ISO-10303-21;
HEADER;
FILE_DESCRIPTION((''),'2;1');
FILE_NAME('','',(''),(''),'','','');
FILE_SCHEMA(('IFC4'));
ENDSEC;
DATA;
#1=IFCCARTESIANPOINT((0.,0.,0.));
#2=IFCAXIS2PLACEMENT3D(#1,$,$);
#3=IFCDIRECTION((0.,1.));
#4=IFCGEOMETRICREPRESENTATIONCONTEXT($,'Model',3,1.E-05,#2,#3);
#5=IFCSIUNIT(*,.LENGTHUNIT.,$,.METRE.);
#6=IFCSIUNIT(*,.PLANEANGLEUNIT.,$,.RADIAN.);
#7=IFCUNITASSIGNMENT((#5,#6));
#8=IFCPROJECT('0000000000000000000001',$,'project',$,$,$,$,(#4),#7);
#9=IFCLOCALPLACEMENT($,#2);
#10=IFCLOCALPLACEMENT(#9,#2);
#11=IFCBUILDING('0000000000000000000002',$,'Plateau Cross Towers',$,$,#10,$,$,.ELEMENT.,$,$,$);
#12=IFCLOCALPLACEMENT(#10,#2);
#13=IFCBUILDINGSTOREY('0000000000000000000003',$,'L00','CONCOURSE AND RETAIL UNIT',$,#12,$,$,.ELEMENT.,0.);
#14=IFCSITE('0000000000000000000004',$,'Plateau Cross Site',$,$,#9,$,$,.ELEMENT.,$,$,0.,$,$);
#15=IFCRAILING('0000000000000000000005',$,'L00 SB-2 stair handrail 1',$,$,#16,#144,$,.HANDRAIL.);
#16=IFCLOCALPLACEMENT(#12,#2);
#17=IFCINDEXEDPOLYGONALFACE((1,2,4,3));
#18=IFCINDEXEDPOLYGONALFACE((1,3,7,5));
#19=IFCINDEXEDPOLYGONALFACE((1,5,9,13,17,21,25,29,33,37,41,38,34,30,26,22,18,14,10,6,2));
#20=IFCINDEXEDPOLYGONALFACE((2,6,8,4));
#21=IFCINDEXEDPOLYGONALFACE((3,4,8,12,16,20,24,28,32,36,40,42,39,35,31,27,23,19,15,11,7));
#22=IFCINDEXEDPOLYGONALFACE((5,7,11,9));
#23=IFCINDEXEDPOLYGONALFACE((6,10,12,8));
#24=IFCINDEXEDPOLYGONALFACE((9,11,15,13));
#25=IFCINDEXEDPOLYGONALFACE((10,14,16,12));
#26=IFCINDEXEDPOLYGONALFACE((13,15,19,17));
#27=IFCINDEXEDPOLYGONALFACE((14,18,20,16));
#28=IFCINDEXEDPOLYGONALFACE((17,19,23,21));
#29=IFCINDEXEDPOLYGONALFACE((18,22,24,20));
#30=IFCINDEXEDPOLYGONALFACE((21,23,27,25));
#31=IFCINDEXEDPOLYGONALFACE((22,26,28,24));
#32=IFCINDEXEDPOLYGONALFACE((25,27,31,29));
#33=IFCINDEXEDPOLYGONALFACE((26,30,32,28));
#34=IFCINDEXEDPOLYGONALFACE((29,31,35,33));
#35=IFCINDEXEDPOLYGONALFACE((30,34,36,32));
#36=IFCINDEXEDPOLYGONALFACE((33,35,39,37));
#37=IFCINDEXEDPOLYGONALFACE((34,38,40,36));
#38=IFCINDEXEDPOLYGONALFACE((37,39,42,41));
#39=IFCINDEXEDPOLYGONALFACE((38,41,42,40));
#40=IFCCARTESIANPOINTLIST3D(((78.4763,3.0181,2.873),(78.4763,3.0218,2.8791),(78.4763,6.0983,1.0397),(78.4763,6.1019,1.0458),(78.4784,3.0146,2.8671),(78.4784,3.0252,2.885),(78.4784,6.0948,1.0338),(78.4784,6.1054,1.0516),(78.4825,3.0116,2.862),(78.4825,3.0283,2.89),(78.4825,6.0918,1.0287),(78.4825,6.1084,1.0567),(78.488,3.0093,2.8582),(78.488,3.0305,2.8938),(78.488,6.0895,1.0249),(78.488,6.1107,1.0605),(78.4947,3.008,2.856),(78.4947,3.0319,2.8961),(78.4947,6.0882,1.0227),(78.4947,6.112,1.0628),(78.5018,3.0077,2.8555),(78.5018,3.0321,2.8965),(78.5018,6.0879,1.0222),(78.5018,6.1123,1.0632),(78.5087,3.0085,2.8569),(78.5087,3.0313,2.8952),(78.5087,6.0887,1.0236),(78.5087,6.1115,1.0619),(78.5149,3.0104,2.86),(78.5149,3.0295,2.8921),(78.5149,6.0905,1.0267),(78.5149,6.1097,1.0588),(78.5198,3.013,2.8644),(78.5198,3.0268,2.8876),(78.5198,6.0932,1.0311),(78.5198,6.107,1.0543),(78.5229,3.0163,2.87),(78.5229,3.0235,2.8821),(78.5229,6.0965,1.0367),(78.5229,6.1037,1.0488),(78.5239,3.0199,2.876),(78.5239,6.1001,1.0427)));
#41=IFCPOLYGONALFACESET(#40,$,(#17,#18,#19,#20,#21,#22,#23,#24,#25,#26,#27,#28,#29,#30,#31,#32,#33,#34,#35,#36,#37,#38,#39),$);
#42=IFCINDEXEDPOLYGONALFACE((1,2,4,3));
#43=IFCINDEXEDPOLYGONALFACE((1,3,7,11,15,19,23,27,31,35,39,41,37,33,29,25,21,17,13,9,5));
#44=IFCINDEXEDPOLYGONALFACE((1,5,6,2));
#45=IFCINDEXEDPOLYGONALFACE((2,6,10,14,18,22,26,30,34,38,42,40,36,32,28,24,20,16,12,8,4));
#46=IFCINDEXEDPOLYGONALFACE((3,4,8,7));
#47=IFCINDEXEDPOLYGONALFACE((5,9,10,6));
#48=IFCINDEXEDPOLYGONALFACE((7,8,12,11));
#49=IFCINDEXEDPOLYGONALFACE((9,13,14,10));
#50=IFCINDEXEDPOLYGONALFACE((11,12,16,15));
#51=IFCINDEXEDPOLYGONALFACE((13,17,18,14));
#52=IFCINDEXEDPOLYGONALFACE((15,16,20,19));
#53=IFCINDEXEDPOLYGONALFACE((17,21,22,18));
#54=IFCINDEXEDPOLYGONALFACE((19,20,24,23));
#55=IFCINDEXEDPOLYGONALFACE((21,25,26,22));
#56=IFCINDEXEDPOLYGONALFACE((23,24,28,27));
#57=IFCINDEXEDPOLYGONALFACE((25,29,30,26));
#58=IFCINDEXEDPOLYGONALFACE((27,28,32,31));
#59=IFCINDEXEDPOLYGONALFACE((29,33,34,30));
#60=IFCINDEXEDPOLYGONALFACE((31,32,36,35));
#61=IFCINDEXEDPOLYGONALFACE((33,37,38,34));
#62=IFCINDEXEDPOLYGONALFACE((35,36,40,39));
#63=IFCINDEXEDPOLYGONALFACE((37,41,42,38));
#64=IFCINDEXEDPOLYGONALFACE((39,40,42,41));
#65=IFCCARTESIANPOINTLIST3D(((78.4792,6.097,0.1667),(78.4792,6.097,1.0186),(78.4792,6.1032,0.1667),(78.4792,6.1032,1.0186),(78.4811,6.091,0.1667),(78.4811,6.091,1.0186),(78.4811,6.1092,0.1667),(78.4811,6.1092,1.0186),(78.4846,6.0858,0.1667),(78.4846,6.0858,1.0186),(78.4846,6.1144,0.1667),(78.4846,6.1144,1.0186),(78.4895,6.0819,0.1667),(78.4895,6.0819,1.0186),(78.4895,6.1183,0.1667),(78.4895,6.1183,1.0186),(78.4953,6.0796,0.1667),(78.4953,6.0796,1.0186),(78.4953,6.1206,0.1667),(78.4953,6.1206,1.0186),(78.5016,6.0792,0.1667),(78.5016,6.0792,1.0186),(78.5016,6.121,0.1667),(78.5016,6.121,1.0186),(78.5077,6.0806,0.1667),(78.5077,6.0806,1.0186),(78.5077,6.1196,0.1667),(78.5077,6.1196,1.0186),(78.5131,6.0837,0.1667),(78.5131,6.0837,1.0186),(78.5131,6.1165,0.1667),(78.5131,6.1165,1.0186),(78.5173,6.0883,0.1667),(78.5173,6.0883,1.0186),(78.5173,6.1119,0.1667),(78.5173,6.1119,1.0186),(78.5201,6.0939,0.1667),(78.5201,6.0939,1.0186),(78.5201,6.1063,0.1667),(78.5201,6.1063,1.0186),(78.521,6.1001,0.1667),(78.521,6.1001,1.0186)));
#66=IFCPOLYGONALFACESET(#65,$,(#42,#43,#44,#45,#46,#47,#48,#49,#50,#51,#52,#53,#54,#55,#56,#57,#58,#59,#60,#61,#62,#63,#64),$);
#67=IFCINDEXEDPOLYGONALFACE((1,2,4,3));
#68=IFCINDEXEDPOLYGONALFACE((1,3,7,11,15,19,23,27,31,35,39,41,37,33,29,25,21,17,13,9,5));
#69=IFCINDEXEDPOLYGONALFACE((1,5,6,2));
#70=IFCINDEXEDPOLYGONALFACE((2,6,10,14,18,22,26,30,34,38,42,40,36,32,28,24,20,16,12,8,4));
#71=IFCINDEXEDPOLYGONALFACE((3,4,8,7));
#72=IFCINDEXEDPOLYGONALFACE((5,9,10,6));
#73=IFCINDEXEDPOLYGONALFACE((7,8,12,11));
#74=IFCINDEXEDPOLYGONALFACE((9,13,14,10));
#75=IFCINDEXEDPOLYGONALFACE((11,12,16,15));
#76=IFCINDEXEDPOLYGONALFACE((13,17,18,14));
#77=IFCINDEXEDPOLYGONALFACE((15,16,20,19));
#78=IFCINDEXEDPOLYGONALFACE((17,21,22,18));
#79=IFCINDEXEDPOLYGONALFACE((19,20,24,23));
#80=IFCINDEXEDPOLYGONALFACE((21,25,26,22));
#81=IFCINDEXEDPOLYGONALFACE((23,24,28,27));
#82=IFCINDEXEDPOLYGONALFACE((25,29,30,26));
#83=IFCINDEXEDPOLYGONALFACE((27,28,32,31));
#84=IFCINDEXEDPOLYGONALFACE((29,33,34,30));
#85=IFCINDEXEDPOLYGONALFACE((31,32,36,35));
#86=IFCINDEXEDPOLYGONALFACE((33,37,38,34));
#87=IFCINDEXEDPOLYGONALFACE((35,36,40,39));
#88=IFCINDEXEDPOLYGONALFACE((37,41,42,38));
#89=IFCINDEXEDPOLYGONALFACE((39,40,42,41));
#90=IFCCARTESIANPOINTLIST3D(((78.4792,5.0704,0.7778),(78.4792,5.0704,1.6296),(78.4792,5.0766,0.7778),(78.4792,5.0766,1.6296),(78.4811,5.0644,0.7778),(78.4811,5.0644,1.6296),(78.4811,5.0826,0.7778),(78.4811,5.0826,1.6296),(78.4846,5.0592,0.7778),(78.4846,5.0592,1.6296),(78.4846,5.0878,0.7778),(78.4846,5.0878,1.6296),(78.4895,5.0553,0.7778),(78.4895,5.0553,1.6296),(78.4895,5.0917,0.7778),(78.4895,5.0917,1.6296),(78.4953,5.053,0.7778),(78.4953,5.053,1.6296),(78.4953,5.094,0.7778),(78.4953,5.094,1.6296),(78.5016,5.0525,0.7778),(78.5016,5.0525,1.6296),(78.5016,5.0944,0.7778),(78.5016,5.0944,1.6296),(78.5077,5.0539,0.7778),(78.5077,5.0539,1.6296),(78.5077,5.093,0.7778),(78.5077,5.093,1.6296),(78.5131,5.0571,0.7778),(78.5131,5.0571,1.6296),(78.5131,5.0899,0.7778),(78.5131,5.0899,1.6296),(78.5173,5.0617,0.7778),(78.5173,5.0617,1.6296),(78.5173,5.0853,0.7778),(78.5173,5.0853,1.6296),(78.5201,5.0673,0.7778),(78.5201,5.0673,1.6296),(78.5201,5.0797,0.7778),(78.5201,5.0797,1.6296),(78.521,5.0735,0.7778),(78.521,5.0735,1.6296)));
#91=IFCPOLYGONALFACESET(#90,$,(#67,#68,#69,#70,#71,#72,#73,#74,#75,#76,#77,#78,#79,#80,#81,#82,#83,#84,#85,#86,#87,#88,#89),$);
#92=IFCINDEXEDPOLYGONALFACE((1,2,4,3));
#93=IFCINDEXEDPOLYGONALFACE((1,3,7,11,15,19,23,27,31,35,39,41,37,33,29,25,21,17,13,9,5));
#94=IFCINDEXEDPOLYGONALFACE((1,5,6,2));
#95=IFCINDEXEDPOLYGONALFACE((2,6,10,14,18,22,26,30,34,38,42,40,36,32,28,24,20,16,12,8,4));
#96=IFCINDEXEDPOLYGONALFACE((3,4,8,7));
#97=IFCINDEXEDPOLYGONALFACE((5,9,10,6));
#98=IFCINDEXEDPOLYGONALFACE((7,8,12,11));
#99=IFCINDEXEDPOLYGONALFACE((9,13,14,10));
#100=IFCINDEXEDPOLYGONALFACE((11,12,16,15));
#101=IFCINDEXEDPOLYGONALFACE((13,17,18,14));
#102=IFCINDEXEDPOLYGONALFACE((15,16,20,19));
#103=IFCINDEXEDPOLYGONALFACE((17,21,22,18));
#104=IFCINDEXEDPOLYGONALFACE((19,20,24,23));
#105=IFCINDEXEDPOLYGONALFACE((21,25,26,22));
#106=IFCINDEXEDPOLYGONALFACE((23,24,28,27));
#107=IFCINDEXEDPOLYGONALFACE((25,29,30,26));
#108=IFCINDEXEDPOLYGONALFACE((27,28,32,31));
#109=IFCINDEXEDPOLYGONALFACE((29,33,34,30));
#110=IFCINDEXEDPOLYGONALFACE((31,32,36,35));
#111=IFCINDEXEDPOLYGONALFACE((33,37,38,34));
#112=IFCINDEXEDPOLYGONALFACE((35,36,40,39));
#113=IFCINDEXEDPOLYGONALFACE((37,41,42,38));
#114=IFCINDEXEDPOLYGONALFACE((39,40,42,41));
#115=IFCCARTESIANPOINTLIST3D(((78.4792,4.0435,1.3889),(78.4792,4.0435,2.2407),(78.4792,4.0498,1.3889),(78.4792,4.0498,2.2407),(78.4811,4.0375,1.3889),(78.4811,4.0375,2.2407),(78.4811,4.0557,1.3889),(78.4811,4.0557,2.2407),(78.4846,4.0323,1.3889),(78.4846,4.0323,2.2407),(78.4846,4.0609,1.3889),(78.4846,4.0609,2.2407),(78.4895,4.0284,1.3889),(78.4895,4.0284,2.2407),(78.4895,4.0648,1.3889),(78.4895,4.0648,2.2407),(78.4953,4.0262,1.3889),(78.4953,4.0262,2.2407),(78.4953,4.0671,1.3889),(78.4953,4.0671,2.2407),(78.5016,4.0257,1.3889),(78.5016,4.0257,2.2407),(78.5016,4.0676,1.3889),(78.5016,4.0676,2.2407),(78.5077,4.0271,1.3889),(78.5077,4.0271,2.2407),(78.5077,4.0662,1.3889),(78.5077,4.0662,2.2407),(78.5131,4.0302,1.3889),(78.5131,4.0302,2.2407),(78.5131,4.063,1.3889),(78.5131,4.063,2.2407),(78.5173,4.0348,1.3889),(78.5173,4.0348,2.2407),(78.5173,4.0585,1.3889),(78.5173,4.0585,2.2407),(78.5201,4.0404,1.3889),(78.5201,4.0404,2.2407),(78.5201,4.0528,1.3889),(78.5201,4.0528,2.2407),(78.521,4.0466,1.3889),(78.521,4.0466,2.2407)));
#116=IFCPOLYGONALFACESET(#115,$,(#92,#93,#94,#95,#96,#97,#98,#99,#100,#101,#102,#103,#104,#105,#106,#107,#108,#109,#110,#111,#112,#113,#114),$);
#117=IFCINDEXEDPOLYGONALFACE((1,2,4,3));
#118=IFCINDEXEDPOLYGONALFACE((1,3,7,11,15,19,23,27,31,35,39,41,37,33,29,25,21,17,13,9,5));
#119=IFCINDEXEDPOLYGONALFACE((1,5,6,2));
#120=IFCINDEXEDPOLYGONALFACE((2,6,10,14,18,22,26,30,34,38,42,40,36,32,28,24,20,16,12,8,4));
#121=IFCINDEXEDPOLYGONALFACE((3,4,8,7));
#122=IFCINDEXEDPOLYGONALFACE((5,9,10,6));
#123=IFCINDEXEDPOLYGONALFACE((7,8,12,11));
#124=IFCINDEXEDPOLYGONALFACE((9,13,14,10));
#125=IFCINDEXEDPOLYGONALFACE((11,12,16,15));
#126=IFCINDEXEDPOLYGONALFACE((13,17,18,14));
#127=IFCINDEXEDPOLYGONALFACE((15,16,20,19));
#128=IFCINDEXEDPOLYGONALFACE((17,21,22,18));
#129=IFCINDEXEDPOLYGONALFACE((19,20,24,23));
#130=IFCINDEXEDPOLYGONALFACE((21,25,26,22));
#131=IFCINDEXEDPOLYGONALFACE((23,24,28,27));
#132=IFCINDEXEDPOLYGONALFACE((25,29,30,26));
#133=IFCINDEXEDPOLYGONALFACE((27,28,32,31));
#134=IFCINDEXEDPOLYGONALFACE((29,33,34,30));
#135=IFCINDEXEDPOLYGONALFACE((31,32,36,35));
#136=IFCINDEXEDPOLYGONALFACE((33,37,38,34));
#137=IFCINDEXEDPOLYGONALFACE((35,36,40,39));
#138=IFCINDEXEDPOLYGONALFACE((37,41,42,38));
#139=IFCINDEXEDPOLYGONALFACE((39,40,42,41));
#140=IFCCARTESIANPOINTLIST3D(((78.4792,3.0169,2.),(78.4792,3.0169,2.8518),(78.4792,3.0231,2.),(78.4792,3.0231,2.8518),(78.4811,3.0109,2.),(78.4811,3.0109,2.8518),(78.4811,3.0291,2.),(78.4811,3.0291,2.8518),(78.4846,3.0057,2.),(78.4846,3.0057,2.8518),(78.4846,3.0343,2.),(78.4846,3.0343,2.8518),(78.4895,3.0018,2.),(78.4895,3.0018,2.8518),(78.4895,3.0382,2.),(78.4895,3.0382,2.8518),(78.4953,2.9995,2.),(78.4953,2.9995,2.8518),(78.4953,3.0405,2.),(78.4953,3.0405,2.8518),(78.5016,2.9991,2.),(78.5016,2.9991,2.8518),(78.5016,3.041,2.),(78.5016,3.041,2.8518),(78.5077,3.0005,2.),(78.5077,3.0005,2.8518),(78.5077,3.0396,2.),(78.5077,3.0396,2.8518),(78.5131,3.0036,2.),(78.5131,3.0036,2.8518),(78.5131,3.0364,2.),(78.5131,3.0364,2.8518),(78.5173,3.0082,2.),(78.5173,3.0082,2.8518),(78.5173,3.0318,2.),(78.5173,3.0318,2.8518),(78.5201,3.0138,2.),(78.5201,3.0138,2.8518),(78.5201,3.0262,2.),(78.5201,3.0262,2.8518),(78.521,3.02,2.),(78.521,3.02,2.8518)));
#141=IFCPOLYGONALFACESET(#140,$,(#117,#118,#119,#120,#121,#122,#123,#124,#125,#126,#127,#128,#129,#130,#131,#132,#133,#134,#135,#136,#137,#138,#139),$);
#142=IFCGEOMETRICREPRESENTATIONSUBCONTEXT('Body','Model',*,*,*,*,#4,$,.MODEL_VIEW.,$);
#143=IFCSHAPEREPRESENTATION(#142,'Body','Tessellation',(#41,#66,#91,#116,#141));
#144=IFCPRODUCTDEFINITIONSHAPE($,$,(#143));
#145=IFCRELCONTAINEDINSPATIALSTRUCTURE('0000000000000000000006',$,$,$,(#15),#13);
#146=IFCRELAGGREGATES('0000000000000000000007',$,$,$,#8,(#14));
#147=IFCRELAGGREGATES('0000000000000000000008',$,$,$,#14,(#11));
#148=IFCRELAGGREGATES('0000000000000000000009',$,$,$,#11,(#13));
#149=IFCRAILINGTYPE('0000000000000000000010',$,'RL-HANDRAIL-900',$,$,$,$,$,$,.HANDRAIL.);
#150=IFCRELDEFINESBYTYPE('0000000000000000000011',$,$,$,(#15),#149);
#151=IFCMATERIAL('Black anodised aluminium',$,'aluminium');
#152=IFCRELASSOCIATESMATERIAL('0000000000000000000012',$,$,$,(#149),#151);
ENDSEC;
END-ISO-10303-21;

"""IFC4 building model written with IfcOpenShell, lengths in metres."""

from ifc_helpers import new_model, si_unit, direction, frame, origin, origin_2d, place, context, subcontext, project, spatial, circle, extrude, material, type_object, element, save


model = new_model("IFC4")

# Units and contexts
model_context = context("Model", 3, precision=1e-05, world=origin(), true_north=direction((0.0, 1.0)))
body_context = subcontext(model_context, "Body", "Model", "MODEL_VIEW")
ifc_project = project(units=[si_unit("LENGTHUNIT", "METRE"), si_unit("PLANEANGLEUNIT", "RADIAN")], contexts=[model_context])

# Site, building, storey
site_placement = place(None, origin())
site = spatial("IfcSite", under=ifc_project, at=site_placement, Name="Plateau Cross Site", CompositionType="ELEMENT", RefElevation=0.0)
building_placement = place(site_placement, origin())
building = spatial("IfcBuilding", under=site, at=building_placement, Name="Plateau Cross Towers", CompositionType="ELEMENT")
storey_placement = place(building_placement, origin())
storey = spatial("IfcBuildingStorey", under=building, at=storey_placement, Name="L00", Description="CONCOURSE AND RETAIL UNIT", CompositionType="ELEMENT", Elevation=0.0)

# Railing
ifc_material_1 = material(Name="Black anodised aluminium", Category="aluminium")
railing_type_1 = type_object("IfcRailingType", Name="RL-HANDRAIL-900", PredefinedType="HANDRAIL", material=ifc_material_1)
for number, where, name in (
    (1, (78.5, 6.1001, 0.1667), "L00 SB-2 stair handrail 1"),
):
    element("IfcRailing", number, at=place(storey_placement, frame(where)), inside=storey, type_object=railing_type_1, Name=name, PredefinedType="HANDRAIL", context=body_context, shape_type="SweptSolid", body=[
        extrude(circle(Radius=0.0239, at=origin_2d()), frame((0.0, 0.0, 0.876), z_axis=(0.0, -0.859309, 0.511458), x_axis=(1.0, 0.0, 0.0)), (0.0, 0.0, 1.0), 3.5845),
        extrude(circle(Radius=0.021, at=origin_2d()), origin(), (0.0, 0.0, 1.0), 0.8518),
        extrude(circle(Radius=0.021, at=origin_2d()), frame((0.0, -1.0266, 0.6111)), (0.0, 0.0, 1.0), 0.8518),
        extrude(circle(Radius=0.021, at=origin_2d()), frame((0.0, -2.0535, 1.2222)), (0.0, 0.0, 1.0), 0.8518),
        extrude(circle(Radius=0.021, at=origin_2d()), frame((0.0, -3.0801, 1.8333)), (0.0, 0.0, 1.0), 0.8518),
    ])

save(model, "model.ifc")
